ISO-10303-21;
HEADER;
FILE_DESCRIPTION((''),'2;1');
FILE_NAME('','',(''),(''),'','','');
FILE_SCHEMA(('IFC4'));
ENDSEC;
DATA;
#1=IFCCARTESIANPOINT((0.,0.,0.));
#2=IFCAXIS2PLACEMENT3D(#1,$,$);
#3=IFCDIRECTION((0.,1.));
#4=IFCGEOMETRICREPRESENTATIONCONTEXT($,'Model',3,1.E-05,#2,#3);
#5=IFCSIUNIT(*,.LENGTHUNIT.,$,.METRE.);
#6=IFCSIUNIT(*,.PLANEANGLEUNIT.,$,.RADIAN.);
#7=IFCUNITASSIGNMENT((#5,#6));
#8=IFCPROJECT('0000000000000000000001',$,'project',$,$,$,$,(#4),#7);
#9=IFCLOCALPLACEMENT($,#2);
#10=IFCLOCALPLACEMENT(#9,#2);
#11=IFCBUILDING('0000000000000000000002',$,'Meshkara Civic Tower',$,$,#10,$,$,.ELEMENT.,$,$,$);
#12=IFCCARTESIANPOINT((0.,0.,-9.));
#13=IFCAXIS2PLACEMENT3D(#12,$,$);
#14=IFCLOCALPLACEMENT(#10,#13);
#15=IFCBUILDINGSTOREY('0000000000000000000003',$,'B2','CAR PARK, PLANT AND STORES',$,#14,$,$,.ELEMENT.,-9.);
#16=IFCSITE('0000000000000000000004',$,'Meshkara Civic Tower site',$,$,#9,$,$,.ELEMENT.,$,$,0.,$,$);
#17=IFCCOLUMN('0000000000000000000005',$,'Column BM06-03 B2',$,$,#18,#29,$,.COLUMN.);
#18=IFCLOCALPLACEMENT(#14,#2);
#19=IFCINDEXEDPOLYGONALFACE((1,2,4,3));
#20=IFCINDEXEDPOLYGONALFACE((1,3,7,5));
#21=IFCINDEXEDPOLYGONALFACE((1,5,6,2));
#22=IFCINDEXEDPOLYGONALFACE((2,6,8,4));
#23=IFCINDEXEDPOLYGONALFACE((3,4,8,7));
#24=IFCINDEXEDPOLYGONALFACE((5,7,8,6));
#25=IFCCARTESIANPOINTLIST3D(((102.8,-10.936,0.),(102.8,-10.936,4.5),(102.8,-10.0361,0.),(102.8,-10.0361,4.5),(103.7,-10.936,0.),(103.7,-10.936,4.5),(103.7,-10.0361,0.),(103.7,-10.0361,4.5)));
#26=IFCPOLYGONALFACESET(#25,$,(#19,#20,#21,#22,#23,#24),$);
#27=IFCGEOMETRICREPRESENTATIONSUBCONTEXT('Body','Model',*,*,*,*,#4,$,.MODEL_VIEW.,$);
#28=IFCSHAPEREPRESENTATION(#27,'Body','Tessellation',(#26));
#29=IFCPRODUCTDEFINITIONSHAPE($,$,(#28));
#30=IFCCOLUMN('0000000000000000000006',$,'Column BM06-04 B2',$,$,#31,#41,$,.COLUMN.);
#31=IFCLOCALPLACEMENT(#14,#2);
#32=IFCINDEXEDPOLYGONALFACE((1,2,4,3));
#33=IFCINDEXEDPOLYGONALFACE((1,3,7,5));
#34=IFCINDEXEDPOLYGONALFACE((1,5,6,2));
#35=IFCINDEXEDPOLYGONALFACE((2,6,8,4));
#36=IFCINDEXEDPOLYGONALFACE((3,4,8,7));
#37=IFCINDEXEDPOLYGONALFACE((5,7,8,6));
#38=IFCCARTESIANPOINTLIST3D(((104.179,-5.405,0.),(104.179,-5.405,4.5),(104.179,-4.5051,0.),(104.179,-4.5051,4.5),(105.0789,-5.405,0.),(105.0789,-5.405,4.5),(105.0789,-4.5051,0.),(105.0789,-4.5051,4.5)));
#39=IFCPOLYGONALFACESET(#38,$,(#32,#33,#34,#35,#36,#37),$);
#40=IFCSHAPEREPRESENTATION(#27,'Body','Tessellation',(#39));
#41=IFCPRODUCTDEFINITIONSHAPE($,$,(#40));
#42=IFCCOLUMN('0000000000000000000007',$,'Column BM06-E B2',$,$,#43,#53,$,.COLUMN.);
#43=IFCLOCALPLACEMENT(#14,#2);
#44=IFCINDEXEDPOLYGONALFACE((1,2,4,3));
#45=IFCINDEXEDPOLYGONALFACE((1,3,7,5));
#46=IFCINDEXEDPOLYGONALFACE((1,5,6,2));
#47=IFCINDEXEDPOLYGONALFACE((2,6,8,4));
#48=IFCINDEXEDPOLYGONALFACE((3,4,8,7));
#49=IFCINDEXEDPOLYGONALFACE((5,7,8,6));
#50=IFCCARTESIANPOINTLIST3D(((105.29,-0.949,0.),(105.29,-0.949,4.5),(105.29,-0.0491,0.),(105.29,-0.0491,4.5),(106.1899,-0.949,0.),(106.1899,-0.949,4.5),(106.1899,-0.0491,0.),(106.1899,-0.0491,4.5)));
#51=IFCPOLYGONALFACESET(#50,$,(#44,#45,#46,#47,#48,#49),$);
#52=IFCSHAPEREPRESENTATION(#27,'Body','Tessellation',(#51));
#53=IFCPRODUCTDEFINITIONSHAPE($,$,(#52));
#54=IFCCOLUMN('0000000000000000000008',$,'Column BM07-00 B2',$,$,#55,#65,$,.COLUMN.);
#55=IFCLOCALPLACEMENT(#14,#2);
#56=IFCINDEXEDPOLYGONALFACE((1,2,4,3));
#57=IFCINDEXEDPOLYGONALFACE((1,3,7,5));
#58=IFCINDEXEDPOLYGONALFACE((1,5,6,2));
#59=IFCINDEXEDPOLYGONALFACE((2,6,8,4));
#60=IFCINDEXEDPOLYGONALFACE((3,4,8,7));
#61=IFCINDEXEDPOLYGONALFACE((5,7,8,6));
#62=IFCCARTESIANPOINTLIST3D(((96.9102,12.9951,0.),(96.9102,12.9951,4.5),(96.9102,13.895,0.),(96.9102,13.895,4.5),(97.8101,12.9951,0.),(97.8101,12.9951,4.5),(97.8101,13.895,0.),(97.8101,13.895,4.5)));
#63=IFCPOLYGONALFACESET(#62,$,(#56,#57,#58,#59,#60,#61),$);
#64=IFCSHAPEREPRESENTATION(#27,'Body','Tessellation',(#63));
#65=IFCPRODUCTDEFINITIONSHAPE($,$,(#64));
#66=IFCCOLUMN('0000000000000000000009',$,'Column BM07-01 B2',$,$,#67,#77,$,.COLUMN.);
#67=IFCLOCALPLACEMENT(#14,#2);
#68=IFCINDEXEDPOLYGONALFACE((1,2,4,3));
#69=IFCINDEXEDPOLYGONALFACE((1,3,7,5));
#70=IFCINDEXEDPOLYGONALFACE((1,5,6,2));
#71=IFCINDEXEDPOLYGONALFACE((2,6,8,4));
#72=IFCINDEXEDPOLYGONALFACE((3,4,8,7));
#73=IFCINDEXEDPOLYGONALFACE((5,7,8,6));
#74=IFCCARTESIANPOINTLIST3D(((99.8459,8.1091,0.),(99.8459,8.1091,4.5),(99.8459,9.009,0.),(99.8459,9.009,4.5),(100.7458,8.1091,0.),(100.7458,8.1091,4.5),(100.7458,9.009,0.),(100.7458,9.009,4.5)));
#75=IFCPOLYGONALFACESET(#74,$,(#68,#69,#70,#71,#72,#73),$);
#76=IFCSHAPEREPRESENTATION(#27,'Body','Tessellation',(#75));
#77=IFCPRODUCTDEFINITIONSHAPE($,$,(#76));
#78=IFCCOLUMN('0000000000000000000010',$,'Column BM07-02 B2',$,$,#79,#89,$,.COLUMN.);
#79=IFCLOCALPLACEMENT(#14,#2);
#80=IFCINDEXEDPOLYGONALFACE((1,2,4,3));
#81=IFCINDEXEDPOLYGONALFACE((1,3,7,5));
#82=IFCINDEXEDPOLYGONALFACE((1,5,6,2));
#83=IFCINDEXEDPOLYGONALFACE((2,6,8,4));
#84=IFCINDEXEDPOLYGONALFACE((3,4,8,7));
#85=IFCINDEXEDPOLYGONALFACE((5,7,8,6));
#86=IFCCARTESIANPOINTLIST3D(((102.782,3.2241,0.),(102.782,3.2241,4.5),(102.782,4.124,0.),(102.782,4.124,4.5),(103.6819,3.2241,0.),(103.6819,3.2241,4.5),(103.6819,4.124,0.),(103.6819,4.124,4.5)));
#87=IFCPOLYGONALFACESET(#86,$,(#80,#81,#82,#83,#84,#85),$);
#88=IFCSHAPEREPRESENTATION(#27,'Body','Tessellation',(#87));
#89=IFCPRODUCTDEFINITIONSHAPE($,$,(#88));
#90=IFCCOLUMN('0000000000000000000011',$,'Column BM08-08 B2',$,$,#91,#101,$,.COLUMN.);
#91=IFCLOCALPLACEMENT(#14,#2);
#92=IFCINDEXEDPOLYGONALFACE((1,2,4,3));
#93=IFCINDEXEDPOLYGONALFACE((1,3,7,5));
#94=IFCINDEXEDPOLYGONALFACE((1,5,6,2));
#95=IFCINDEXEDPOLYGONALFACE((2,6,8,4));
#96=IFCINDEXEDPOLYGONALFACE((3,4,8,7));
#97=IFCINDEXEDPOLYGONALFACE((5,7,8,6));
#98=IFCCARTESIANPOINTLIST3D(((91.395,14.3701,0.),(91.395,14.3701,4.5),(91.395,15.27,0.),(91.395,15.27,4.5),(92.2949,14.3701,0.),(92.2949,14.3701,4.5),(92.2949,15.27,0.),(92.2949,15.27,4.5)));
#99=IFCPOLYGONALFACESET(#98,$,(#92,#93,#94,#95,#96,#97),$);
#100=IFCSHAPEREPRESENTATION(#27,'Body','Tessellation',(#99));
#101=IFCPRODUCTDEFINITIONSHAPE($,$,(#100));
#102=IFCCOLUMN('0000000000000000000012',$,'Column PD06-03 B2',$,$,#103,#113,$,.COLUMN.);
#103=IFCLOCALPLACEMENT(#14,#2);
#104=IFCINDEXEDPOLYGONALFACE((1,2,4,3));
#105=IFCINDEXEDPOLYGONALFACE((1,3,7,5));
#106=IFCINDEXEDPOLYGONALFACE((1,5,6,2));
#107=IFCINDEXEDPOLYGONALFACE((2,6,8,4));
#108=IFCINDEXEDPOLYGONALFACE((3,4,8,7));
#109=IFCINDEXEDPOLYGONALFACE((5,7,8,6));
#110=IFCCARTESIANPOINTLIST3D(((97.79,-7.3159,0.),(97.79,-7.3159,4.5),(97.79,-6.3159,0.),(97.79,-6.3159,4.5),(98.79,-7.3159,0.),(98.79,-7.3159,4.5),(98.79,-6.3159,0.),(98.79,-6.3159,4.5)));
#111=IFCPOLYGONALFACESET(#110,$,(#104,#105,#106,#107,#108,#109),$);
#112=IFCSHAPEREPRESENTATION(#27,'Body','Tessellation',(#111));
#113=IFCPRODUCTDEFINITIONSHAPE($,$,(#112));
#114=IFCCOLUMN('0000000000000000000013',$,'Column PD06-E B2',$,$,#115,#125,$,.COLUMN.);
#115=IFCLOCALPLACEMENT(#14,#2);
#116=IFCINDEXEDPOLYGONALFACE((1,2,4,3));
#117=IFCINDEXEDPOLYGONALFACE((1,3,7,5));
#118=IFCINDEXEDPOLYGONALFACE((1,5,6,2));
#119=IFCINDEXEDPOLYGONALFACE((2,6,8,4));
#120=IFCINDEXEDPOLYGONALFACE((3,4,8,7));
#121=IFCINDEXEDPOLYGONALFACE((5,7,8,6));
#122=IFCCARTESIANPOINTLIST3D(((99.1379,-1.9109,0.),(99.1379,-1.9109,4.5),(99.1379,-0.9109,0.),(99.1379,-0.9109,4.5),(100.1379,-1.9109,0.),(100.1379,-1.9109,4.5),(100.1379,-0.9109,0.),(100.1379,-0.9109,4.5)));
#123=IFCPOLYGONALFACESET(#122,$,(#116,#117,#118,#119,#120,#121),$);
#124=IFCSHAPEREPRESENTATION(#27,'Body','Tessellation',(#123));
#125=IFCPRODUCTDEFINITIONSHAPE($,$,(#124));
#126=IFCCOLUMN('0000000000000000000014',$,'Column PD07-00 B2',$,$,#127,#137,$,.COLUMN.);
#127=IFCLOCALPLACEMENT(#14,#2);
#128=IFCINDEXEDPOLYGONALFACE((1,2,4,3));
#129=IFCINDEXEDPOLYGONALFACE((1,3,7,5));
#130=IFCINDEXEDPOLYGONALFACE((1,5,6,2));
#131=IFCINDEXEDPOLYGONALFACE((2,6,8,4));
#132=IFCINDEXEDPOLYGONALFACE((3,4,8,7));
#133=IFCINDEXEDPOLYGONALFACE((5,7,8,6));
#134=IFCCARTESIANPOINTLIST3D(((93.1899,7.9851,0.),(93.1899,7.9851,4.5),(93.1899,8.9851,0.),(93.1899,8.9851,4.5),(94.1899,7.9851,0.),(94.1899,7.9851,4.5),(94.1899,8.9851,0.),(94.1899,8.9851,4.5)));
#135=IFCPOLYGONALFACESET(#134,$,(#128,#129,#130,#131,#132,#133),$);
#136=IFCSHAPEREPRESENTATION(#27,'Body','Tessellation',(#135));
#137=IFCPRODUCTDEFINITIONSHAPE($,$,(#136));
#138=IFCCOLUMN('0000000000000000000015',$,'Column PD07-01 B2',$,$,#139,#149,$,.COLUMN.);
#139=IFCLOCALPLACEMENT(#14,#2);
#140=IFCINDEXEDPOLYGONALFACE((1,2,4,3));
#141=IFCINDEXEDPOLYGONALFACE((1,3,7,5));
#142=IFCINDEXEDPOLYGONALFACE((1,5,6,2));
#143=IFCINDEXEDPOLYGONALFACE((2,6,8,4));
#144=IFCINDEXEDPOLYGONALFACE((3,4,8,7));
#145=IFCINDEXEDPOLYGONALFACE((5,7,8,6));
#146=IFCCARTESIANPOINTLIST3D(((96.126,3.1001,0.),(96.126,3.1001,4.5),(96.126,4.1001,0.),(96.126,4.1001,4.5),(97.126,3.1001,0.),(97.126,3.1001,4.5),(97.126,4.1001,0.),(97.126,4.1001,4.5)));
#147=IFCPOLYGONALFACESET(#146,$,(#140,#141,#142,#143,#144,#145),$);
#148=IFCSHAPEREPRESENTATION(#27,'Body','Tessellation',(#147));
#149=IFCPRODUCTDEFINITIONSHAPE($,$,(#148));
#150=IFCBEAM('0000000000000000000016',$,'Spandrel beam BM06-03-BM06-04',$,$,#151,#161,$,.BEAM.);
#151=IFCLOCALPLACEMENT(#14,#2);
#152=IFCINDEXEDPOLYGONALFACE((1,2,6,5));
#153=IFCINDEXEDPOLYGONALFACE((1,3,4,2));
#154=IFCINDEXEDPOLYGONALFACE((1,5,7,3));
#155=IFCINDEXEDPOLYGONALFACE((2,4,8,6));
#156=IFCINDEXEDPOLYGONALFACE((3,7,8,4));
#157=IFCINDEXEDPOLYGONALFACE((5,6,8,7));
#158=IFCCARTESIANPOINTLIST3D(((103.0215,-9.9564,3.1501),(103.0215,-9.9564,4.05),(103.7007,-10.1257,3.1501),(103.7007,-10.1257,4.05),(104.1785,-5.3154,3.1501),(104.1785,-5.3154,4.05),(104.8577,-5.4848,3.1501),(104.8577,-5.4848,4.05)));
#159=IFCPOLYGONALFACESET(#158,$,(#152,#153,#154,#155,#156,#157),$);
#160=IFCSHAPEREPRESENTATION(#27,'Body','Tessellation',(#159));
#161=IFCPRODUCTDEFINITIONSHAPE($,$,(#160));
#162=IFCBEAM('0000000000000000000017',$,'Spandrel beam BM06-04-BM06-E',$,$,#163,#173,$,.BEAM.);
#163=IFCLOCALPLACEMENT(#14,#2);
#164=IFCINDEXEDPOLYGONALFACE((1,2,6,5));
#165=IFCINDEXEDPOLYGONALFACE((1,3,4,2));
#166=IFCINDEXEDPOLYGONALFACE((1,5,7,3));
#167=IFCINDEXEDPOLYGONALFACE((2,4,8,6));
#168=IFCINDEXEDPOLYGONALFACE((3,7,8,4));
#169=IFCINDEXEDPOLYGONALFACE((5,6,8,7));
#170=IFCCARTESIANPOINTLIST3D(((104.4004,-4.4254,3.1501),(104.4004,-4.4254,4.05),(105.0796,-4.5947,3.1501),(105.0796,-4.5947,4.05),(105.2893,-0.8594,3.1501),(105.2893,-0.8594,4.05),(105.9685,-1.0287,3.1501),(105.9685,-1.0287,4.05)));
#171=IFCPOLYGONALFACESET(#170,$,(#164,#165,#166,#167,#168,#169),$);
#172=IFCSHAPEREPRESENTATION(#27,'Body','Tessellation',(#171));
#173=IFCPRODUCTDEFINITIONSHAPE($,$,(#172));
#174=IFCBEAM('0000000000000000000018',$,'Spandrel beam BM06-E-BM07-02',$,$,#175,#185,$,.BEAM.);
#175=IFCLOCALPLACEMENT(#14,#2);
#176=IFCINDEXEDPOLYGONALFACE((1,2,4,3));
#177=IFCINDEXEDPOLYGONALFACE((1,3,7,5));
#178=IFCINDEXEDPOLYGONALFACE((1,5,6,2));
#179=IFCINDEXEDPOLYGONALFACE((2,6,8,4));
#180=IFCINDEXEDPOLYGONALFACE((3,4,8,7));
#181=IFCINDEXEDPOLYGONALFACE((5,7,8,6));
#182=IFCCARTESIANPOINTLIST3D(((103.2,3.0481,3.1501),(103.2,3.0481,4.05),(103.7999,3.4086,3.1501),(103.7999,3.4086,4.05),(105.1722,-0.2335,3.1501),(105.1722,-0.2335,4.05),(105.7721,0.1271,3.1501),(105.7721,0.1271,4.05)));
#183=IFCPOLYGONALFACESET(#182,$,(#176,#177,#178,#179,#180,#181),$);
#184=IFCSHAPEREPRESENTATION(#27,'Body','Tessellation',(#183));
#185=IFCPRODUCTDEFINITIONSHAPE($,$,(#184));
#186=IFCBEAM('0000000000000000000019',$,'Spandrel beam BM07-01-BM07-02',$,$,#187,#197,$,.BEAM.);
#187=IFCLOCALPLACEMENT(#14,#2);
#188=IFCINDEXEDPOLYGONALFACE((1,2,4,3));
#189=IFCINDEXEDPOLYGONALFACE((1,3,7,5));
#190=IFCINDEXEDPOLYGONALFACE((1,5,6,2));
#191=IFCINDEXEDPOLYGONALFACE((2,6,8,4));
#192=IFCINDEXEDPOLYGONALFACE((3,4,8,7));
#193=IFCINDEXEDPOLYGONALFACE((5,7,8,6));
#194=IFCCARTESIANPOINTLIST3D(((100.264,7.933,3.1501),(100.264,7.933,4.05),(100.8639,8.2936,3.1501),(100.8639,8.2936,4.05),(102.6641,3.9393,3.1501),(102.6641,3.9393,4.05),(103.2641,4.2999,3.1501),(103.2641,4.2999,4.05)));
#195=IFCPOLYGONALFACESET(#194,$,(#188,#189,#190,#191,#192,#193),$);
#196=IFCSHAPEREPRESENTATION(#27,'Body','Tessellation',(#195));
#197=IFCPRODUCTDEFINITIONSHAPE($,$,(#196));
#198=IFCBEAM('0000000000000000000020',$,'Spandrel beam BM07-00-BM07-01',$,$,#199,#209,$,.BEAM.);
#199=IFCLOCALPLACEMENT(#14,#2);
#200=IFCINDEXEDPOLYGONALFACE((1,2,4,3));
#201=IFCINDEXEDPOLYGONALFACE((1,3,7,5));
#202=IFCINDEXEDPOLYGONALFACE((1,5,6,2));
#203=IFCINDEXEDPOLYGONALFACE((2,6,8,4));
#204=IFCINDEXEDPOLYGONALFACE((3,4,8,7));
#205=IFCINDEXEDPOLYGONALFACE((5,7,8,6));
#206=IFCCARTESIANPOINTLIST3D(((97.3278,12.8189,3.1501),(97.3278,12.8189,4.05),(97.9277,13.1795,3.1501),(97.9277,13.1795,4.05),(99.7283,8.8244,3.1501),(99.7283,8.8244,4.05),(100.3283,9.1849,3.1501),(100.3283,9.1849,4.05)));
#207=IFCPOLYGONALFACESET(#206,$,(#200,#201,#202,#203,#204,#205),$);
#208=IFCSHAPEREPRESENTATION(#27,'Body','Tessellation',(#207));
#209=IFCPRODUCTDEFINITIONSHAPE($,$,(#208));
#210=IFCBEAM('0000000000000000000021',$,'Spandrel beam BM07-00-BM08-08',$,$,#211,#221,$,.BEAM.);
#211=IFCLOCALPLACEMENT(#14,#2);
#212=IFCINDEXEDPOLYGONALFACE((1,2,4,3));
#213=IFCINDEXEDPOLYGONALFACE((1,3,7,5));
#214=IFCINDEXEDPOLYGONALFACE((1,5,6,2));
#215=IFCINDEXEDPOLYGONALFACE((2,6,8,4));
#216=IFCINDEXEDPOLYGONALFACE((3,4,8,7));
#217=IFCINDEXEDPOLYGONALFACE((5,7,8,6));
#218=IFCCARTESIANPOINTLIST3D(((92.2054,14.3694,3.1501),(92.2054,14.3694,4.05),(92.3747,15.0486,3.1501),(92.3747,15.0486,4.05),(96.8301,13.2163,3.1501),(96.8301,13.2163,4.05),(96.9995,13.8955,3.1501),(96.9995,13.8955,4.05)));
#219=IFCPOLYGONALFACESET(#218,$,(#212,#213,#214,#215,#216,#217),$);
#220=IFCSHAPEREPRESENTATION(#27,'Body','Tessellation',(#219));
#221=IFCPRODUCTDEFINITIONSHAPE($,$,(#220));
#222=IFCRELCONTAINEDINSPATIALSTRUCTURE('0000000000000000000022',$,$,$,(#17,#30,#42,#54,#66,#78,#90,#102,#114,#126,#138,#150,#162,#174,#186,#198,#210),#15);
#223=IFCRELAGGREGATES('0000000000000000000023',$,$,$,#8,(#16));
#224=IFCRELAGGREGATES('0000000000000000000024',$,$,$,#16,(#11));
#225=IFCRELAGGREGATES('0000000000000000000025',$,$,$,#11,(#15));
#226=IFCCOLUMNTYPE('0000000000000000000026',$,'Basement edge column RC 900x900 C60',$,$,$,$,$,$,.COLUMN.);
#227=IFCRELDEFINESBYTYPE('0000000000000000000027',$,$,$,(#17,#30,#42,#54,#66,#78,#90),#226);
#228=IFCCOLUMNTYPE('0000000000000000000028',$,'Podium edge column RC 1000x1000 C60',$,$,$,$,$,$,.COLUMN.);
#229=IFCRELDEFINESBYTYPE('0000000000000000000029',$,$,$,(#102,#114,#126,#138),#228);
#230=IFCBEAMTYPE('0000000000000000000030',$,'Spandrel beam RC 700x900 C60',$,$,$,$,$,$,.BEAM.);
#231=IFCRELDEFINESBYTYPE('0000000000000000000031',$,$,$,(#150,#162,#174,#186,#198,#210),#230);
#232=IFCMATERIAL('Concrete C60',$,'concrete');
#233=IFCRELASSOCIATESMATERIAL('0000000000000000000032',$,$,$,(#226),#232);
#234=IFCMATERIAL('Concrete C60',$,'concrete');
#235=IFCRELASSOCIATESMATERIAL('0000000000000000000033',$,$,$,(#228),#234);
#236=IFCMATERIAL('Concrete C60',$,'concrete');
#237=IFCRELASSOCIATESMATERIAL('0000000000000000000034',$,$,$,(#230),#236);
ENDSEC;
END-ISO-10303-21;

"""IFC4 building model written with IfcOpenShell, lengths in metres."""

from ifc_helpers import new_model, si_unit, direction, frame, origin, origin_2d, place, context, subcontext, project, spatial, rectangle, extrude, material, material_profile, profile_set, type_object, element, save


model = new_model("IFC4")

# Units and contexts
model_context = context("Model", 3, precision=1e-05, world=origin(), true_north=direction((0.0, 1.0)))
body_context = subcontext(model_context, "Body", "Model", "MODEL_VIEW")
ifc_project = project(units=[si_unit("LENGTHUNIT", "METRE"), si_unit("PLANEANGLEUNIT", "RADIAN")], contexts=[model_context])

# Site, building, storey
site_placement = place(None, origin())
site = spatial("IfcSite", under=ifc_project, at=site_placement, Name="Meshkara Civic Tower site", CompositionType="ELEMENT", RefElevation=0.0)
building_placement = place(site_placement, origin())
building = spatial("IfcBuilding", under=site, at=building_placement, Name="Meshkara Civic Tower", CompositionType="ELEMENT")
storey_placement = place(building_placement, frame((0.0, 0.0, -9.0)))
storey = spatial("IfcBuildingStorey", under=building, at=storey_placement, Name="B2", Description="CAR PARK, PLANT AND STORES", CompositionType="ELEMENT", Elevation=-9.0)

# Columns
ifc_material_1 = material(Name="Concrete C60", Category="concrete")
ifc_material_profile_1 = material_profile(ifc_material_1, rectangle(XDim=0.8999, YDim=0.8999, at=origin_2d()))
ifc_profile_set_1 = profile_set([ifc_material_profile_1], Name="Concrete C60")
column_type_1 = type_object("IfcColumnType", Name="Basement edge column RC 900x900 C60", PredefinedType="COLUMN", material=ifc_profile_set_1)
for number, where, z_axis, x_axis, name in (
    (1, (103.25, -10.4861, 0.0), (0.0, 0.0, 1.0), (1.0, 0.0, 0.0), "Column BM06-03 B2"),
    (2, (104.6289, -4.9551, 0.0), (0.0, 0.0, 1.0), (1.0, 0.0, 0.0), "Column BM06-04 B2"),
    (3, (105.74, -0.499, 0.0), (0.0, 0.0, 1.0), (1.0, 0.0, 0.0), "Column BM06-E B2"),
    (4, (97.3601, 13.4451, 0.0), (0.0, 0.0, 1.0), (1.0, 0.0, 0.0), "Column BM07-00 B2"),
    (5, (100.2959, 8.5591, 0.0), (0.0, 0.0, 1.0), (1.0, 0.0, 0.0), "Column BM07-01 B2"),
    (6, (103.2319, 3.6741, 0.0), (0.0, 0.0, 1.0), (1.0, 0.0, 0.0), "Column BM07-02 B2"),
    (7, (91.845, 14.8201, 0.0), (0.0, 0.0, 1.0), (1.0, 0.0, 0.0), "Column BM08-08 B2"),
):
    element("IfcColumn", number, at=place(storey_placement, frame(where, z_axis=z_axis, x_axis=x_axis)), inside=storey, type_object=column_type_1, Name=name, PredefinedType="COLUMN", context=body_context, shape_type="SweptSolid", body=[
        extrude(rectangle(XDim=0.8999, YDim=0.8999, at=origin_2d()), origin(), (0.0, 0.0, 1.0), 4.5),
    ])
ifc_material_2 = material(Name="Concrete C60", Category="concrete")
ifc_material_profile_2 = material_profile(ifc_material_2, rectangle(XDim=1.0, YDim=1.0, at=origin_2d()))
ifc_profile_set_2 = profile_set([ifc_material_profile_2], Name="Concrete C60")
column_type_2 = type_object("IfcColumnType", Name="Podium edge column RC 1000x1000 C60", PredefinedType="COLUMN", material=ifc_profile_set_2)
for number, where, z_axis, x_axis, name in (
    (8, (98.29, -6.8159, 0.0), (0.0, 0.0, 1.0), (1.0, 0.0, 0.0), "Column PD06-03 B2"),
    (9, (99.6379, -1.4109, 0.0), (0.0, 0.0, 1.0), (1.0, 0.0, 0.0), "Column PD06-E B2"),
    (10, (93.6899, 8.4851, 0.0), (0.0, 0.0, 1.0), (1.0, 0.0, 0.0), "Column PD07-00 B2"),
    (11, (96.626, 3.6001, 0.0), (0.0, 0.0, 1.0), (1.0, 0.0, 0.0), "Column PD07-01 B2"),
):
    element("IfcColumn", number, at=place(storey_placement, frame(where, z_axis=z_axis, x_axis=x_axis)), inside=storey, type_object=column_type_2, Name=name, PredefinedType="COLUMN", context=body_context, shape_type="SweptSolid", body=[
        extrude(rectangle(XDim=1.0, YDim=1.0, at=origin_2d()), origin(), (0.0, 0.0, 1.0), 4.5),
    ])

# Beams
ifc_material_3 = material(Name="Concrete C60", Category="concrete")
ifc_material_profile_3 = material_profile(ifc_material_3, rectangle(XDim=0.7, YDim=0.8999, at=origin_2d()))
ifc_profile_set_3 = profile_set([ifc_material_profile_3], Name="Concrete C60")
beam_type = type_object("IfcBeamType", Name="Spandrel beam RC 700x900 C60", PredefinedType="BEAM", material=ifc_profile_set_3)
beam_1_placement = place(storey_placement, frame((103.3611, -10.041, 3.6001), z_axis=(0.241899, 0.970301, 0.0), x_axis=(-0.970301, 0.241899, 0.0)))
element("IfcBeam", 12, at=beam_1_placement, inside=storey, type_object=beam_type, Name="Spandrel beam BM06-03-BM06-04", PredefinedType="BEAM", context=body_context, shape_type="SweptSolid", body=[
    extrude(rectangle(XDim=0.7, YDim=0.8999, at=origin_2d()), origin(), (0.0, 0.0, 1.0), 4.783),
])
beam_2_placement = place(storey_placement, frame((104.74, -4.51, 3.6001), z_axis=(0.241879, 0.970306, 0.0), x_axis=(-0.970306, 0.241879, 0.0)))
element("IfcBeam", 13, at=beam_2_placement, inside=storey, type_object=beam_type, Name="Spandrel beam BM06-04-BM06-E", PredefinedType="BEAM", context=body_context, shape_type="SweptSolid", body=[
    extrude(rectangle(XDim=0.7, YDim=0.8999, at=origin_2d()), origin(), (0.0, 0.0, 1.0), 3.675),
])
beam_3_placement = place(storey_placement, frame((105.4722, -0.0532, 3.6001), z_axis=(-0.515124, 0.857116, 0.0), x_axis=(-0.857116, -0.515124, 0.0)))
element("IfcBeam", 14, at=beam_3_placement, inside=storey, type_object=beam_type, Name="Spandrel beam BM06-E-BM07-02", PredefinedType="BEAM", context=body_context, shape_type="SweptSolid", body=[
    extrude(rectangle(XDim=0.7, YDim=0.8999, at=origin_2d()), origin(), (0.0, 0.0, 1.0), 3.8286),
])
beam_4_placement = place(storey_placement, frame((102.9641, 4.1196, 3.6001), z_axis=(-0.51512, 0.857118, 0.0), x_axis=(-0.857118, -0.51512, 0.0)))
element("IfcBeam", 15, at=beam_4_placement, inside=storey, type_object=beam_type, Name="Spandrel beam BM07-01-BM07-02", PredefinedType="BEAM", context=body_context, shape_type="SweptSolid", body=[
    extrude(rectangle(XDim=0.7, YDim=0.8999, at=origin_2d()), origin(), (0.0, 0.0, 1.0), 4.6594),
])
beam_5_placement = place(storey_placement, frame((100.0283, 9.0046, 3.6001), z_axis=(-0.515104, 0.857128, 0.0), x_axis=(-0.857128, -0.515104, 0.0)))
element("IfcBeam", 16, at=beam_5_placement, inside=storey, type_object=beam_type, Name="Spandrel beam BM07-00-BM07-01", PredefinedType="BEAM", context=body_context, shape_type="SweptSolid", body=[
    extrude(rectangle(XDim=0.7, YDim=0.8999, at=origin_2d()), origin(), (0.0, 0.0, 1.0), 4.6604),
])
beam_6_placement = place(storey_placement, frame((96.9148, 13.5559, 3.6001), z_axis=(-0.970296, 0.241921, 0.0), x_axis=(-0.241921, -0.970296, 0.0)))
element("IfcBeam", 17, at=beam_6_placement, inside=storey, type_object=beam_type, Name="Spandrel beam BM07-00-BM08-08", PredefinedType="BEAM", context=body_context, shape_type="SweptSolid", body=[
    extrude(rectangle(XDim=0.7, YDim=0.8999, at=origin_2d()), origin(), (0.0, 0.0, 1.0), 4.7664),
])

save(model, "model.ifc")
